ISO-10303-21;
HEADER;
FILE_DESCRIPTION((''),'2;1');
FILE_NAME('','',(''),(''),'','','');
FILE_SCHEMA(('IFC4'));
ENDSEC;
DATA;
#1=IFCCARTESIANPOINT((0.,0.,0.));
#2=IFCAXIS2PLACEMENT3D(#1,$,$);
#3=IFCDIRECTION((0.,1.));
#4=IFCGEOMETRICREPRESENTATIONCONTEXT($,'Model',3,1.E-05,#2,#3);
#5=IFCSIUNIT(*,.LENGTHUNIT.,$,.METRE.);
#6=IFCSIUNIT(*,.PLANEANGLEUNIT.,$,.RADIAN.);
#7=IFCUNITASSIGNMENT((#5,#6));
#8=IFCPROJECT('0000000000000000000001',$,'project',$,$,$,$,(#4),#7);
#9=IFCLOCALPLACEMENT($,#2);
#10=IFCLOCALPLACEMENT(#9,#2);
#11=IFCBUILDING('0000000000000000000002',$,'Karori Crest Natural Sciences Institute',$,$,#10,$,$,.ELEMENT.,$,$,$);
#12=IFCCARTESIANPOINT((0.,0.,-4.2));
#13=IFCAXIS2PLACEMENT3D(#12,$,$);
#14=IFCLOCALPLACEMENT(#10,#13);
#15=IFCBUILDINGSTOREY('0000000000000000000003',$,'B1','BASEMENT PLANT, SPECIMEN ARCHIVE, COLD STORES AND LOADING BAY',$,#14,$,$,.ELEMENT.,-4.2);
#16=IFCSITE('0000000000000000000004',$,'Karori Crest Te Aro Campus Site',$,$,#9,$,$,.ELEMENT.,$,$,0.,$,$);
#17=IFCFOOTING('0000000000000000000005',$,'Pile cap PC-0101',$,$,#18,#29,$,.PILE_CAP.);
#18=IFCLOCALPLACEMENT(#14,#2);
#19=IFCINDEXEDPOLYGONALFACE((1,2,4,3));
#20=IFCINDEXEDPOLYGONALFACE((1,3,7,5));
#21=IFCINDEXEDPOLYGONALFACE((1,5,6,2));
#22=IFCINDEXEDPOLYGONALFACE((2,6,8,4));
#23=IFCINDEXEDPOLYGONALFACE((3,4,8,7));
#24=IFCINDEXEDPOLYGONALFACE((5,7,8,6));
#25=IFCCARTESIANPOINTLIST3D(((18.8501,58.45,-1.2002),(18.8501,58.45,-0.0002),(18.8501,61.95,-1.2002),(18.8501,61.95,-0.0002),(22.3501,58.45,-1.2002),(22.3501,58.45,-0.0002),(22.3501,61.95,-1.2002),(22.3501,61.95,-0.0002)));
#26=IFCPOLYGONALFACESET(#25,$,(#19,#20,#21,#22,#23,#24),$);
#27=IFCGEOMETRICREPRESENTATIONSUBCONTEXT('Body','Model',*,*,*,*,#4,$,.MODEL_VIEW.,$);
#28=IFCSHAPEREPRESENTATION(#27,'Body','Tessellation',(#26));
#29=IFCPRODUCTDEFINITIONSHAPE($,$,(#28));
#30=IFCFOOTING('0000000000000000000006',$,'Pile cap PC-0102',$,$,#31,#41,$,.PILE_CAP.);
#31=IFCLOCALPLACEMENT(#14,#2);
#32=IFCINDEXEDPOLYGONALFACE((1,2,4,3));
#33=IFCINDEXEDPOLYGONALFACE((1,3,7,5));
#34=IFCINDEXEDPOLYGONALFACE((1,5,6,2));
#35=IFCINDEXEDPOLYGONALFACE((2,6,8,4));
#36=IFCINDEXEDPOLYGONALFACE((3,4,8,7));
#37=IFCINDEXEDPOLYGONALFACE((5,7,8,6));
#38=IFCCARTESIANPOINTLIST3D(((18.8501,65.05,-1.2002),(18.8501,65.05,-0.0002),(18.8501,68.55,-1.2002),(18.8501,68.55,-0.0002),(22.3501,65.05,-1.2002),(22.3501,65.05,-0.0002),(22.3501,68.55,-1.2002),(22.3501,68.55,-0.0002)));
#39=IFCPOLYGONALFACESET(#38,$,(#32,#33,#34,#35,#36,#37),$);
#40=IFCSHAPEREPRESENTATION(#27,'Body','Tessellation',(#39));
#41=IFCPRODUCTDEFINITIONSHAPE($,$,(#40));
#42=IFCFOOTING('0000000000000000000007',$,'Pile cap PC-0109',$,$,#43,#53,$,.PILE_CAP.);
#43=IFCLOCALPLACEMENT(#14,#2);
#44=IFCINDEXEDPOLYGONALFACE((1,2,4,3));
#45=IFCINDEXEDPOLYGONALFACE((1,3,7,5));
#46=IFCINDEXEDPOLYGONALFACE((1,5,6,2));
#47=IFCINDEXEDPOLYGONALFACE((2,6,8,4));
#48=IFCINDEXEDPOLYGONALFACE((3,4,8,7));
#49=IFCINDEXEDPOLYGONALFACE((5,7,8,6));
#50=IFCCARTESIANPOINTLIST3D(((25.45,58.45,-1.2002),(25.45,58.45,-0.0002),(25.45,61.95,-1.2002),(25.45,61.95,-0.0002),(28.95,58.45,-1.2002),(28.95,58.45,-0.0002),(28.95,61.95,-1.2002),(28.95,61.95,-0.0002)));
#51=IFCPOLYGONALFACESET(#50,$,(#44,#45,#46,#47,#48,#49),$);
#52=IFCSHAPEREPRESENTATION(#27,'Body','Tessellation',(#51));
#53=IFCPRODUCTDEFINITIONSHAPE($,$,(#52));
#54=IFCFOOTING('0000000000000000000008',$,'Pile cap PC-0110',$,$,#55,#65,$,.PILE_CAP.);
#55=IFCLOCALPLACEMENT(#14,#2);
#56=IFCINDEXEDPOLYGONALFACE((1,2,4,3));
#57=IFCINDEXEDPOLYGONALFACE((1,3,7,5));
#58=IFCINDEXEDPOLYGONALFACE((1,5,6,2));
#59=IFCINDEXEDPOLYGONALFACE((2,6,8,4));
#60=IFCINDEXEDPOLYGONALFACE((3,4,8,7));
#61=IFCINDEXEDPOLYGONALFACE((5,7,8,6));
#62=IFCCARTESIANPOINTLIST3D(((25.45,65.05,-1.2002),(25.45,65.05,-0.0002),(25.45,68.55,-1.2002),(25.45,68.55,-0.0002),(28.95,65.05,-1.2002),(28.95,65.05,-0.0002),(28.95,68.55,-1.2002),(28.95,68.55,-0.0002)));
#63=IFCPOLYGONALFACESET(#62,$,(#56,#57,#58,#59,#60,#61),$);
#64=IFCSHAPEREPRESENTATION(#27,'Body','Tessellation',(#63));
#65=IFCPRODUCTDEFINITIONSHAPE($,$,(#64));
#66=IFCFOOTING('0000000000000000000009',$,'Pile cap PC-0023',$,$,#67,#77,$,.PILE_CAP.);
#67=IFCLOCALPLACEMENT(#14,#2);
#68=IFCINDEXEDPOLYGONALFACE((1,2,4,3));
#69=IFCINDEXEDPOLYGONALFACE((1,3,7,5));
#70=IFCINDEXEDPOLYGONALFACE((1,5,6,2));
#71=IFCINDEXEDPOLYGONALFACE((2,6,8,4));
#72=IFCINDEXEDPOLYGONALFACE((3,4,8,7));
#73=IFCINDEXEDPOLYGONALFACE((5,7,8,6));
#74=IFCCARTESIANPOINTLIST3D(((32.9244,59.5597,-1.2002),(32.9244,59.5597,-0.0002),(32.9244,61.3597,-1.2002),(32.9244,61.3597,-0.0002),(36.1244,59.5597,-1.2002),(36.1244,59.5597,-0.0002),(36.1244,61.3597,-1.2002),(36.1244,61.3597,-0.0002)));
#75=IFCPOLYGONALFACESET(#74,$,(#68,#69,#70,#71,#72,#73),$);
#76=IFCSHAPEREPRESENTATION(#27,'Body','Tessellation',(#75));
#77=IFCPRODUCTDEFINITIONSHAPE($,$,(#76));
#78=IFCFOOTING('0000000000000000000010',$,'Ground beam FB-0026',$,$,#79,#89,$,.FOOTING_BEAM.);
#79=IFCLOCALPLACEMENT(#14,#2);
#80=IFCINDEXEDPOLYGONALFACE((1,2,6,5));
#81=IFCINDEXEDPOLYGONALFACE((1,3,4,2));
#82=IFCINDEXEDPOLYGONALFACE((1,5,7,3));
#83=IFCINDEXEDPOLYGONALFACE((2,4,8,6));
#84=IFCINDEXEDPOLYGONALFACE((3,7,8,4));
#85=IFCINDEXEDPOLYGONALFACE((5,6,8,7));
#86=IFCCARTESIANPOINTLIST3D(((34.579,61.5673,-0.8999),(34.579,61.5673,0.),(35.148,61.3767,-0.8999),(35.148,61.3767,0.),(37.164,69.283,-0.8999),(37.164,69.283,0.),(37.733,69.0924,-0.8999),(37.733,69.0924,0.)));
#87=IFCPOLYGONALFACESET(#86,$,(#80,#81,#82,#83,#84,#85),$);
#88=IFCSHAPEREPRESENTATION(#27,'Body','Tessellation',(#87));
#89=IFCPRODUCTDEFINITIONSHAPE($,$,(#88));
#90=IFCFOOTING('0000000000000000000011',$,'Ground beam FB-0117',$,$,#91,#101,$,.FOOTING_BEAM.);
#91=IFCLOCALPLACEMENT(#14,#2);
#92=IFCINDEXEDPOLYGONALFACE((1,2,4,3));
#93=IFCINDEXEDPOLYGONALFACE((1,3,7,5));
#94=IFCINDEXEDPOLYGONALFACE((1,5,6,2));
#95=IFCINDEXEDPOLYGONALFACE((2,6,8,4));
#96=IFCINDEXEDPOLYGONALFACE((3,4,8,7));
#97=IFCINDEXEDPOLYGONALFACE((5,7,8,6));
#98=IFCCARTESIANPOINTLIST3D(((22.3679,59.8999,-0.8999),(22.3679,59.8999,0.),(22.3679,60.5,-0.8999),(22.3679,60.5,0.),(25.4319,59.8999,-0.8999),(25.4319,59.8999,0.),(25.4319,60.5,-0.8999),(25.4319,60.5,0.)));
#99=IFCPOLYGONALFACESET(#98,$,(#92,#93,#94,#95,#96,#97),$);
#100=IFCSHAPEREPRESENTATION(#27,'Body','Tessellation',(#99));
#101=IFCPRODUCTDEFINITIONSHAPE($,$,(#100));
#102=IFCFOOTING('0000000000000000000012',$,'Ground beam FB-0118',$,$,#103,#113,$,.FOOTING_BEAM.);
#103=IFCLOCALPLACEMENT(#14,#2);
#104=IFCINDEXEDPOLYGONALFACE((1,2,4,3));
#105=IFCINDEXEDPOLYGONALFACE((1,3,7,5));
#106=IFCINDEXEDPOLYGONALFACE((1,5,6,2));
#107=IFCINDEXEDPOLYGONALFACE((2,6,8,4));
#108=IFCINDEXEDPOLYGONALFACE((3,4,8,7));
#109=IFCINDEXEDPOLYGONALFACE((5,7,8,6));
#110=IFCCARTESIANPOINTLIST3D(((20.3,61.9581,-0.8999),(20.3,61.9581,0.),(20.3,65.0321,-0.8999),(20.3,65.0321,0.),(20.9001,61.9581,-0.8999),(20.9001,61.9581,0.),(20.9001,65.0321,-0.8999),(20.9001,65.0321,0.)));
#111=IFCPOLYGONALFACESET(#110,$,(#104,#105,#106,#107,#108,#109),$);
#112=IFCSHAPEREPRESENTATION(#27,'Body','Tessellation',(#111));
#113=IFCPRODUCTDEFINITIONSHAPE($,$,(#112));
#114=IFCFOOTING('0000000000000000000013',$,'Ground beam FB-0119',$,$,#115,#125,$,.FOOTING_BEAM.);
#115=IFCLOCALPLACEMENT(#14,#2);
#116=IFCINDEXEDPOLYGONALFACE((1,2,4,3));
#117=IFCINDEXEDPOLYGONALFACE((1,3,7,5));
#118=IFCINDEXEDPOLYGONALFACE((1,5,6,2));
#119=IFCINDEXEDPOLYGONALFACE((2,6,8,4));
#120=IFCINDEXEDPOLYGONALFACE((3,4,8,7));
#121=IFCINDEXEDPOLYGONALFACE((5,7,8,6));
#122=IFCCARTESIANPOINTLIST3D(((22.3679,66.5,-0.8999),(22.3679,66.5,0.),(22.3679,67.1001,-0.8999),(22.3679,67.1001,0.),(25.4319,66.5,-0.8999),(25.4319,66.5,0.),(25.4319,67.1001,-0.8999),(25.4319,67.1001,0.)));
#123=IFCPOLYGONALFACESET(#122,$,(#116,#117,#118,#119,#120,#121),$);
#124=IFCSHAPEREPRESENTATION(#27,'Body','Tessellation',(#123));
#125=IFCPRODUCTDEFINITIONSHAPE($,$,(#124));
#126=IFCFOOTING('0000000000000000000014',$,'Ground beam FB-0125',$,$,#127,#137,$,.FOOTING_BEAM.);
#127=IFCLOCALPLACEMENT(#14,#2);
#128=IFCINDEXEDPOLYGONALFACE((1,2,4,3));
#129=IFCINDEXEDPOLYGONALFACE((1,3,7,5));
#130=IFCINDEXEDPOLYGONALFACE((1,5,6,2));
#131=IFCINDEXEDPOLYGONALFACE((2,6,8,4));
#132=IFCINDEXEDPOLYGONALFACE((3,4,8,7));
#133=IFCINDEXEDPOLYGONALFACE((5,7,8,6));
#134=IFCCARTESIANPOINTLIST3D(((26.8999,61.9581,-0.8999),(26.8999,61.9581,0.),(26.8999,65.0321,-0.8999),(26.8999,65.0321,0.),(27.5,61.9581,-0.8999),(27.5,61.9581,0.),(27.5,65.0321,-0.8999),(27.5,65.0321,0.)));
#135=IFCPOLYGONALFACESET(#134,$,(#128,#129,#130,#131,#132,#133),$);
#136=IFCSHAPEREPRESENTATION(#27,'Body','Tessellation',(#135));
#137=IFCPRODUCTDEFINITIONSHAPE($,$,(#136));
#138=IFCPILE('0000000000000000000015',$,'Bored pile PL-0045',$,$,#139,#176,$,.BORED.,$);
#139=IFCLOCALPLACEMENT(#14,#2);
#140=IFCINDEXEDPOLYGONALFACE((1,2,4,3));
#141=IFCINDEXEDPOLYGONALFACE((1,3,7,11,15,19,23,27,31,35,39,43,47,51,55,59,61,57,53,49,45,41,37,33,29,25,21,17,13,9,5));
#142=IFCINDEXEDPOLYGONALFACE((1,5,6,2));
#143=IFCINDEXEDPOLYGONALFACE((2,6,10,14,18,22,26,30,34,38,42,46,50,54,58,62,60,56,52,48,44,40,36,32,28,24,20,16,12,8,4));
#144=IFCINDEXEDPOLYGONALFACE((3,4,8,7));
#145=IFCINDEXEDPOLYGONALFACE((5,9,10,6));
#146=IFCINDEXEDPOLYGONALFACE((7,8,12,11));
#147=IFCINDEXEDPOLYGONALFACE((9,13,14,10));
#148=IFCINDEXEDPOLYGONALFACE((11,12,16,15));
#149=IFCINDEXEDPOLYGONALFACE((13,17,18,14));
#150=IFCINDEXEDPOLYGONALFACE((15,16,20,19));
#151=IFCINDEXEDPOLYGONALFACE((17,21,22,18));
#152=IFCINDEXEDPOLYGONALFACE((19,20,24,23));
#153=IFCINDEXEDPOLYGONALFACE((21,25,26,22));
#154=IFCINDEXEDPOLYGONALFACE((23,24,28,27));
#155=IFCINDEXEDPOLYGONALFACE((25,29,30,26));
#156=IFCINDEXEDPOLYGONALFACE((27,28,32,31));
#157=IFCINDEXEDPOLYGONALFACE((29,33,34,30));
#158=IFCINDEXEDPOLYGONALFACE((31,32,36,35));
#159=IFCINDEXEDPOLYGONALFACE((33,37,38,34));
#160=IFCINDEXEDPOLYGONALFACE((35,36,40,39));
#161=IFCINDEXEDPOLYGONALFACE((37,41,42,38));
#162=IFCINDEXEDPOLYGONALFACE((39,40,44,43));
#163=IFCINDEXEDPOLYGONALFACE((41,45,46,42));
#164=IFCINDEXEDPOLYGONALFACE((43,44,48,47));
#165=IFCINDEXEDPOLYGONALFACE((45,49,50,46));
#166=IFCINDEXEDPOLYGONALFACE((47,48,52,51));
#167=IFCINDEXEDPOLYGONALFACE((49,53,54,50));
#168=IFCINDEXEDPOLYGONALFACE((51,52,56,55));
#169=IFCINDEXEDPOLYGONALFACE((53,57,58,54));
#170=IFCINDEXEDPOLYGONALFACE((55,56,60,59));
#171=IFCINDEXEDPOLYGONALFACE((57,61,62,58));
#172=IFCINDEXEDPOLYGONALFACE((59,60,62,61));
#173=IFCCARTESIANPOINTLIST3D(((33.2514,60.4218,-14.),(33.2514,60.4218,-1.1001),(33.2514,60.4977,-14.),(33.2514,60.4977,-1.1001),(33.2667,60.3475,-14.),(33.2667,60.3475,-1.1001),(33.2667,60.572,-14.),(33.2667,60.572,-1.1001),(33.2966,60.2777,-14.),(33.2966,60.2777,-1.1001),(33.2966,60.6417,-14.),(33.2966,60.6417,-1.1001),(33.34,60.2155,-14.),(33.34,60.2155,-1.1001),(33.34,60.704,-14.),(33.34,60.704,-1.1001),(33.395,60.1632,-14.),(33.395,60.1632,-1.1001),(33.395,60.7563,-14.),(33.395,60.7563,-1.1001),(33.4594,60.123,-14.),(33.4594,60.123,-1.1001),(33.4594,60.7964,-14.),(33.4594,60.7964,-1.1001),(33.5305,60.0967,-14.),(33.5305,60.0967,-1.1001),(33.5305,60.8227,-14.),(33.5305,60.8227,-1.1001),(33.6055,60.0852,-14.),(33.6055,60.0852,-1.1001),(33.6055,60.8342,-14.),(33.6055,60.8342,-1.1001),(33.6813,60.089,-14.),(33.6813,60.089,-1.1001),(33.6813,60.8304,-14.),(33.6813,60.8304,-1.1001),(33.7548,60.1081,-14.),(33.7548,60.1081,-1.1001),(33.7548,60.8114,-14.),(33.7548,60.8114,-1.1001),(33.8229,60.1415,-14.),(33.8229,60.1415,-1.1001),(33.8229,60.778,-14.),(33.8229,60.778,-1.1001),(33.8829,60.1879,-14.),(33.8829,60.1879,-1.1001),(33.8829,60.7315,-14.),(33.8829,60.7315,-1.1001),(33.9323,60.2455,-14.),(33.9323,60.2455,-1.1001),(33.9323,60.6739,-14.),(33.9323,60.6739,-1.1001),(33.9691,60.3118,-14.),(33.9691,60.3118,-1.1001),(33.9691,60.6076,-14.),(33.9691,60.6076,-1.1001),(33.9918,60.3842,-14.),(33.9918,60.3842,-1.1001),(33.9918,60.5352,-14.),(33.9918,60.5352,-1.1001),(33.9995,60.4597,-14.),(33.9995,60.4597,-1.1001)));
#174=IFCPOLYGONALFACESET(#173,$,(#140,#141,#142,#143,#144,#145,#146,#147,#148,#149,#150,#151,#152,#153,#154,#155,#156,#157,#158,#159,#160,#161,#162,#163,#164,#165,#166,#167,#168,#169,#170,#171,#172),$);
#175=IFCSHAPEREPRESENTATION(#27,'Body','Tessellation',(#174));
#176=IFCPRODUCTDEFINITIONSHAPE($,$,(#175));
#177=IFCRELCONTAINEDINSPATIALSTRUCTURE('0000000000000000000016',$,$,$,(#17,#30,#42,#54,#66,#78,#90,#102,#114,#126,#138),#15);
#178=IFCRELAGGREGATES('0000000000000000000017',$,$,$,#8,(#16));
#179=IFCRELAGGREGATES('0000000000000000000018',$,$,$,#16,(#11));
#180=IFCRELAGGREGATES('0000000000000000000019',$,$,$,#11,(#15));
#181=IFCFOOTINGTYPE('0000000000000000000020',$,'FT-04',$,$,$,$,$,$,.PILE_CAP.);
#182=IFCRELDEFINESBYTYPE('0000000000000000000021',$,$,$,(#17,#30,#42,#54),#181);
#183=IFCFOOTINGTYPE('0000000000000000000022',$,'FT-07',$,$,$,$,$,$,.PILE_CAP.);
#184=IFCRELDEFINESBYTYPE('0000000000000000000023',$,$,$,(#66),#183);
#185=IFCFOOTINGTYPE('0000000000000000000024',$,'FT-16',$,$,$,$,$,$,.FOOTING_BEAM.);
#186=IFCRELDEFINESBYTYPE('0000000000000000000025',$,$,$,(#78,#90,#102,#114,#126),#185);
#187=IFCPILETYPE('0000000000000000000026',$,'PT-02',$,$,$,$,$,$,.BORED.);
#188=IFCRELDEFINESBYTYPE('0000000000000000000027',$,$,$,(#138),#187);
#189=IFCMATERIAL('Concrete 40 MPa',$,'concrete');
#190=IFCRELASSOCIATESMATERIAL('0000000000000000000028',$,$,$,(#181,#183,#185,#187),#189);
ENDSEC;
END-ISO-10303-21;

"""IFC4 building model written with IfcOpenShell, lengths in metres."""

from ifc_helpers import new_model, si_unit, direction, frame, origin, origin_2d, place, context, subcontext, project, spatial, rectangle, circle, extrude, material, material_profile, profile_set, type_object, element, save


model = new_model("IFC4")

# Units and contexts
model_context = context("Model", 3, precision=1e-05, world=origin(), true_north=direction((0.0, 1.0)))
body_context = subcontext(model_context, "Body", "Model", "MODEL_VIEW")
ifc_project = project(units=[si_unit("LENGTHUNIT", "METRE"), si_unit("PLANEANGLEUNIT", "RADIAN")], contexts=[model_context])

# Site, building, storey
site_placement = place(None, origin())
site = spatial("IfcSite", under=ifc_project, at=site_placement, Name="Karori Crest Te Aro Campus Site", CompositionType="ELEMENT", RefElevation=0.0)
building_placement = place(site_placement, origin())
building = spatial("IfcBuilding", under=site, at=building_placement, Name="Karori Crest Natural Sciences Institute", CompositionType="ELEMENT")
storey_placement = place(building_placement, frame((0.0, 0.0, -4.2)))
storey = spatial("IfcBuildingStorey", under=building, at=storey_placement, Name="B1", Description="BASEMENT PLANT, SPECIMEN ARCHIVE, COLD STORES AND LOADING BAY", CompositionType="ELEMENT", Elevation=-4.2)

# Footings
ifc_material_1 = material(Name="Concrete 40 MPa", Category="concrete")
footing_type_1 = type_object("IfcFootingType", Name="FT-04", PredefinedType="PILE_CAP", material=ifc_material_1)
for number, where, z_axis, x_axis, name in (
    (1, (20.6001, 60.2, -1.2002), (0.0, 0.0, 1.0), (1.0, 0.0, 0.0), "Pile cap PC-0101"),
    (2, (20.6001, 66.8, -1.2002), (0.0, 0.0, 1.0), (1.0, 0.0, 0.0), "Pile cap PC-0102"),
    (3, (27.2, 60.2, -1.2002), (0.0, 0.0, 1.0), (1.0, 0.0, 0.0), "Pile cap PC-0109"),
    (4, (27.2, 66.8, -1.2002), (0.0, 0.0, 1.0), (1.0, 0.0, 0.0), "Pile cap PC-0110"),
):
    element("IfcFooting", number, at=place(storey_placement, frame(where, z_axis=z_axis, x_axis=x_axis)), inside=storey, type_object=footing_type_1, Name=name, PredefinedType="PILE_CAP", context=body_context, shape_type="SweptSolid", body=[
        extrude(rectangle(XDim=3.5, YDim=3.5, at=origin_2d()), origin(), (0.0, 0.0, 1.0), 1.2),
    ])
footing_type_2 = type_object("IfcFootingType", Name="FT-07", PredefinedType="PILE_CAP", material=ifc_material_1)
footing_1_placement = place(storey_placement, frame((34.5244, 60.4597, -1.2002), z_axis=(0.0, 0.0, 1.0), x_axis=(1.0, 0.0, 0.0)))
element("IfcFooting", 5, at=footing_1_placement, inside=storey, type_object=footing_type_2, Name="Pile cap PC-0023", PredefinedType="PILE_CAP", context=body_context, shape_type="SweptSolid", body=[
    extrude(rectangle(XDim=3.2, YDim=1.8, at=origin_2d()), origin(), (0.0, 0.0, 1.0), 1.2),
])
footing_type_3 = type_object("IfcFootingType", Name="FT-16", PredefinedType="FOOTING_BEAM", material=ifc_material_1)
footing_2_placement = place(storey_placement, frame((36.156, 65.3298, -0.8999), z_axis=(0.0, 0.0, 1.0), x_axis=(0.317679, 0.948198, 0.0)))
element("IfcFooting", 6, at=footing_2_placement, inside=storey, type_object=footing_type_3, Name="Ground beam FB-0026", PredefinedType="FOOTING_BEAM", context=body_context, shape_type="SweptSolid", body=[
    extrude(rectangle(XDim=8.1372, YDim=0.6001, at=origin_2d()), origin(), (0.0, 0.0, 1.0), 0.8999),
])
footing_3_placement = place(storey_placement, frame((23.8999, 60.2, -0.8999), z_axis=(0.0, 0.0, 1.0), x_axis=(1.0, 0.0, 0.0)))
element("IfcFooting", 7, at=footing_3_placement, inside=storey, type_object=footing_type_3, Name="Ground beam FB-0117", PredefinedType="FOOTING_BEAM", context=body_context, shape_type="SweptSolid", body=[
    extrude(rectangle(XDim=3.064, YDim=0.6001, at=origin_2d()), origin(), (0.0, 0.0, 1.0), 0.8999),
])
footing_4_placement = place(storey_placement, frame((20.6001, 63.4951, -0.8999), z_axis=(0.0, 0.0, 1.0), x_axis=(0.0, 1.0, 0.0)))
element("IfcFooting", 8, at=footing_4_placement, inside=storey, type_object=footing_type_3, Name="Ground beam FB-0118", PredefinedType="FOOTING_BEAM", context=body_context, shape_type="SweptSolid", body=[
    extrude(rectangle(XDim=3.074, YDim=0.6001, at=origin_2d()), origin(), (0.0, 0.0, 1.0), 0.8999),
])
footing_5_placement = place(storey_placement, frame((23.8999, 66.8, -0.8999), z_axis=(0.0, 0.0, 1.0), x_axis=(1.0, 0.0, 0.0)))
element("IfcFooting", 9, at=footing_5_placement, inside=storey, type_object=footing_type_3, Name="Ground beam FB-0119", PredefinedType="FOOTING_BEAM", context=body_context, shape_type="SweptSolid", body=[
    extrude(rectangle(XDim=3.064, YDim=0.6001, at=origin_2d()), origin(), (0.0, 0.0, 1.0), 0.8999),
])
footing_6_placement = place(storey_placement, frame((27.2, 63.4951, -0.8999), z_axis=(0.0, 0.0, 1.0), x_axis=(0.0, 1.0, 0.0)))
element("IfcFooting", 10, at=footing_6_placement, inside=storey, type_object=footing_type_3, Name="Ground beam FB-0125", PredefinedType="FOOTING_BEAM", context=body_context, shape_type="SweptSolid", body=[
    extrude(rectangle(XDim=3.074, YDim=0.6001, at=origin_2d()), origin(), (0.0, 0.0, 1.0), 0.8999),
])

# Pile
ifc_material_profile_1 = material_profile(ifc_material_1, circle(Radius=0.375, at=origin_2d()), Name="PILE750")
ifc_profile_set_1 = profile_set([ifc_material_profile_1], Name="Concrete 40 MPa")
pile_type_1 = type_object("IfcPileType", Name="PT-02", PredefinedType="BORED", material=ifc_profile_set_1)
for number, where, z_axis, x_axis, name in (
    (11, (33.6245, 60.4597, -1.1001), (0.0, 0.0, -1.0), (1.0, 0.0, 0.0), "Bored pile PL-0045"),
):
    element("IfcPile", number, at=place(storey_placement, frame(where, z_axis=z_axis, x_axis=x_axis)), inside=storey, type_object=pile_type_1, Name=name, PredefinedType="BORED", context=body_context, shape_type="SweptSolid", body=[
        extrude(circle(Radius=0.375, at=origin_2d()), origin(), (0.0, 0.0, 1.0), 12.8999),
    ])

save(model, "model.ifc")
